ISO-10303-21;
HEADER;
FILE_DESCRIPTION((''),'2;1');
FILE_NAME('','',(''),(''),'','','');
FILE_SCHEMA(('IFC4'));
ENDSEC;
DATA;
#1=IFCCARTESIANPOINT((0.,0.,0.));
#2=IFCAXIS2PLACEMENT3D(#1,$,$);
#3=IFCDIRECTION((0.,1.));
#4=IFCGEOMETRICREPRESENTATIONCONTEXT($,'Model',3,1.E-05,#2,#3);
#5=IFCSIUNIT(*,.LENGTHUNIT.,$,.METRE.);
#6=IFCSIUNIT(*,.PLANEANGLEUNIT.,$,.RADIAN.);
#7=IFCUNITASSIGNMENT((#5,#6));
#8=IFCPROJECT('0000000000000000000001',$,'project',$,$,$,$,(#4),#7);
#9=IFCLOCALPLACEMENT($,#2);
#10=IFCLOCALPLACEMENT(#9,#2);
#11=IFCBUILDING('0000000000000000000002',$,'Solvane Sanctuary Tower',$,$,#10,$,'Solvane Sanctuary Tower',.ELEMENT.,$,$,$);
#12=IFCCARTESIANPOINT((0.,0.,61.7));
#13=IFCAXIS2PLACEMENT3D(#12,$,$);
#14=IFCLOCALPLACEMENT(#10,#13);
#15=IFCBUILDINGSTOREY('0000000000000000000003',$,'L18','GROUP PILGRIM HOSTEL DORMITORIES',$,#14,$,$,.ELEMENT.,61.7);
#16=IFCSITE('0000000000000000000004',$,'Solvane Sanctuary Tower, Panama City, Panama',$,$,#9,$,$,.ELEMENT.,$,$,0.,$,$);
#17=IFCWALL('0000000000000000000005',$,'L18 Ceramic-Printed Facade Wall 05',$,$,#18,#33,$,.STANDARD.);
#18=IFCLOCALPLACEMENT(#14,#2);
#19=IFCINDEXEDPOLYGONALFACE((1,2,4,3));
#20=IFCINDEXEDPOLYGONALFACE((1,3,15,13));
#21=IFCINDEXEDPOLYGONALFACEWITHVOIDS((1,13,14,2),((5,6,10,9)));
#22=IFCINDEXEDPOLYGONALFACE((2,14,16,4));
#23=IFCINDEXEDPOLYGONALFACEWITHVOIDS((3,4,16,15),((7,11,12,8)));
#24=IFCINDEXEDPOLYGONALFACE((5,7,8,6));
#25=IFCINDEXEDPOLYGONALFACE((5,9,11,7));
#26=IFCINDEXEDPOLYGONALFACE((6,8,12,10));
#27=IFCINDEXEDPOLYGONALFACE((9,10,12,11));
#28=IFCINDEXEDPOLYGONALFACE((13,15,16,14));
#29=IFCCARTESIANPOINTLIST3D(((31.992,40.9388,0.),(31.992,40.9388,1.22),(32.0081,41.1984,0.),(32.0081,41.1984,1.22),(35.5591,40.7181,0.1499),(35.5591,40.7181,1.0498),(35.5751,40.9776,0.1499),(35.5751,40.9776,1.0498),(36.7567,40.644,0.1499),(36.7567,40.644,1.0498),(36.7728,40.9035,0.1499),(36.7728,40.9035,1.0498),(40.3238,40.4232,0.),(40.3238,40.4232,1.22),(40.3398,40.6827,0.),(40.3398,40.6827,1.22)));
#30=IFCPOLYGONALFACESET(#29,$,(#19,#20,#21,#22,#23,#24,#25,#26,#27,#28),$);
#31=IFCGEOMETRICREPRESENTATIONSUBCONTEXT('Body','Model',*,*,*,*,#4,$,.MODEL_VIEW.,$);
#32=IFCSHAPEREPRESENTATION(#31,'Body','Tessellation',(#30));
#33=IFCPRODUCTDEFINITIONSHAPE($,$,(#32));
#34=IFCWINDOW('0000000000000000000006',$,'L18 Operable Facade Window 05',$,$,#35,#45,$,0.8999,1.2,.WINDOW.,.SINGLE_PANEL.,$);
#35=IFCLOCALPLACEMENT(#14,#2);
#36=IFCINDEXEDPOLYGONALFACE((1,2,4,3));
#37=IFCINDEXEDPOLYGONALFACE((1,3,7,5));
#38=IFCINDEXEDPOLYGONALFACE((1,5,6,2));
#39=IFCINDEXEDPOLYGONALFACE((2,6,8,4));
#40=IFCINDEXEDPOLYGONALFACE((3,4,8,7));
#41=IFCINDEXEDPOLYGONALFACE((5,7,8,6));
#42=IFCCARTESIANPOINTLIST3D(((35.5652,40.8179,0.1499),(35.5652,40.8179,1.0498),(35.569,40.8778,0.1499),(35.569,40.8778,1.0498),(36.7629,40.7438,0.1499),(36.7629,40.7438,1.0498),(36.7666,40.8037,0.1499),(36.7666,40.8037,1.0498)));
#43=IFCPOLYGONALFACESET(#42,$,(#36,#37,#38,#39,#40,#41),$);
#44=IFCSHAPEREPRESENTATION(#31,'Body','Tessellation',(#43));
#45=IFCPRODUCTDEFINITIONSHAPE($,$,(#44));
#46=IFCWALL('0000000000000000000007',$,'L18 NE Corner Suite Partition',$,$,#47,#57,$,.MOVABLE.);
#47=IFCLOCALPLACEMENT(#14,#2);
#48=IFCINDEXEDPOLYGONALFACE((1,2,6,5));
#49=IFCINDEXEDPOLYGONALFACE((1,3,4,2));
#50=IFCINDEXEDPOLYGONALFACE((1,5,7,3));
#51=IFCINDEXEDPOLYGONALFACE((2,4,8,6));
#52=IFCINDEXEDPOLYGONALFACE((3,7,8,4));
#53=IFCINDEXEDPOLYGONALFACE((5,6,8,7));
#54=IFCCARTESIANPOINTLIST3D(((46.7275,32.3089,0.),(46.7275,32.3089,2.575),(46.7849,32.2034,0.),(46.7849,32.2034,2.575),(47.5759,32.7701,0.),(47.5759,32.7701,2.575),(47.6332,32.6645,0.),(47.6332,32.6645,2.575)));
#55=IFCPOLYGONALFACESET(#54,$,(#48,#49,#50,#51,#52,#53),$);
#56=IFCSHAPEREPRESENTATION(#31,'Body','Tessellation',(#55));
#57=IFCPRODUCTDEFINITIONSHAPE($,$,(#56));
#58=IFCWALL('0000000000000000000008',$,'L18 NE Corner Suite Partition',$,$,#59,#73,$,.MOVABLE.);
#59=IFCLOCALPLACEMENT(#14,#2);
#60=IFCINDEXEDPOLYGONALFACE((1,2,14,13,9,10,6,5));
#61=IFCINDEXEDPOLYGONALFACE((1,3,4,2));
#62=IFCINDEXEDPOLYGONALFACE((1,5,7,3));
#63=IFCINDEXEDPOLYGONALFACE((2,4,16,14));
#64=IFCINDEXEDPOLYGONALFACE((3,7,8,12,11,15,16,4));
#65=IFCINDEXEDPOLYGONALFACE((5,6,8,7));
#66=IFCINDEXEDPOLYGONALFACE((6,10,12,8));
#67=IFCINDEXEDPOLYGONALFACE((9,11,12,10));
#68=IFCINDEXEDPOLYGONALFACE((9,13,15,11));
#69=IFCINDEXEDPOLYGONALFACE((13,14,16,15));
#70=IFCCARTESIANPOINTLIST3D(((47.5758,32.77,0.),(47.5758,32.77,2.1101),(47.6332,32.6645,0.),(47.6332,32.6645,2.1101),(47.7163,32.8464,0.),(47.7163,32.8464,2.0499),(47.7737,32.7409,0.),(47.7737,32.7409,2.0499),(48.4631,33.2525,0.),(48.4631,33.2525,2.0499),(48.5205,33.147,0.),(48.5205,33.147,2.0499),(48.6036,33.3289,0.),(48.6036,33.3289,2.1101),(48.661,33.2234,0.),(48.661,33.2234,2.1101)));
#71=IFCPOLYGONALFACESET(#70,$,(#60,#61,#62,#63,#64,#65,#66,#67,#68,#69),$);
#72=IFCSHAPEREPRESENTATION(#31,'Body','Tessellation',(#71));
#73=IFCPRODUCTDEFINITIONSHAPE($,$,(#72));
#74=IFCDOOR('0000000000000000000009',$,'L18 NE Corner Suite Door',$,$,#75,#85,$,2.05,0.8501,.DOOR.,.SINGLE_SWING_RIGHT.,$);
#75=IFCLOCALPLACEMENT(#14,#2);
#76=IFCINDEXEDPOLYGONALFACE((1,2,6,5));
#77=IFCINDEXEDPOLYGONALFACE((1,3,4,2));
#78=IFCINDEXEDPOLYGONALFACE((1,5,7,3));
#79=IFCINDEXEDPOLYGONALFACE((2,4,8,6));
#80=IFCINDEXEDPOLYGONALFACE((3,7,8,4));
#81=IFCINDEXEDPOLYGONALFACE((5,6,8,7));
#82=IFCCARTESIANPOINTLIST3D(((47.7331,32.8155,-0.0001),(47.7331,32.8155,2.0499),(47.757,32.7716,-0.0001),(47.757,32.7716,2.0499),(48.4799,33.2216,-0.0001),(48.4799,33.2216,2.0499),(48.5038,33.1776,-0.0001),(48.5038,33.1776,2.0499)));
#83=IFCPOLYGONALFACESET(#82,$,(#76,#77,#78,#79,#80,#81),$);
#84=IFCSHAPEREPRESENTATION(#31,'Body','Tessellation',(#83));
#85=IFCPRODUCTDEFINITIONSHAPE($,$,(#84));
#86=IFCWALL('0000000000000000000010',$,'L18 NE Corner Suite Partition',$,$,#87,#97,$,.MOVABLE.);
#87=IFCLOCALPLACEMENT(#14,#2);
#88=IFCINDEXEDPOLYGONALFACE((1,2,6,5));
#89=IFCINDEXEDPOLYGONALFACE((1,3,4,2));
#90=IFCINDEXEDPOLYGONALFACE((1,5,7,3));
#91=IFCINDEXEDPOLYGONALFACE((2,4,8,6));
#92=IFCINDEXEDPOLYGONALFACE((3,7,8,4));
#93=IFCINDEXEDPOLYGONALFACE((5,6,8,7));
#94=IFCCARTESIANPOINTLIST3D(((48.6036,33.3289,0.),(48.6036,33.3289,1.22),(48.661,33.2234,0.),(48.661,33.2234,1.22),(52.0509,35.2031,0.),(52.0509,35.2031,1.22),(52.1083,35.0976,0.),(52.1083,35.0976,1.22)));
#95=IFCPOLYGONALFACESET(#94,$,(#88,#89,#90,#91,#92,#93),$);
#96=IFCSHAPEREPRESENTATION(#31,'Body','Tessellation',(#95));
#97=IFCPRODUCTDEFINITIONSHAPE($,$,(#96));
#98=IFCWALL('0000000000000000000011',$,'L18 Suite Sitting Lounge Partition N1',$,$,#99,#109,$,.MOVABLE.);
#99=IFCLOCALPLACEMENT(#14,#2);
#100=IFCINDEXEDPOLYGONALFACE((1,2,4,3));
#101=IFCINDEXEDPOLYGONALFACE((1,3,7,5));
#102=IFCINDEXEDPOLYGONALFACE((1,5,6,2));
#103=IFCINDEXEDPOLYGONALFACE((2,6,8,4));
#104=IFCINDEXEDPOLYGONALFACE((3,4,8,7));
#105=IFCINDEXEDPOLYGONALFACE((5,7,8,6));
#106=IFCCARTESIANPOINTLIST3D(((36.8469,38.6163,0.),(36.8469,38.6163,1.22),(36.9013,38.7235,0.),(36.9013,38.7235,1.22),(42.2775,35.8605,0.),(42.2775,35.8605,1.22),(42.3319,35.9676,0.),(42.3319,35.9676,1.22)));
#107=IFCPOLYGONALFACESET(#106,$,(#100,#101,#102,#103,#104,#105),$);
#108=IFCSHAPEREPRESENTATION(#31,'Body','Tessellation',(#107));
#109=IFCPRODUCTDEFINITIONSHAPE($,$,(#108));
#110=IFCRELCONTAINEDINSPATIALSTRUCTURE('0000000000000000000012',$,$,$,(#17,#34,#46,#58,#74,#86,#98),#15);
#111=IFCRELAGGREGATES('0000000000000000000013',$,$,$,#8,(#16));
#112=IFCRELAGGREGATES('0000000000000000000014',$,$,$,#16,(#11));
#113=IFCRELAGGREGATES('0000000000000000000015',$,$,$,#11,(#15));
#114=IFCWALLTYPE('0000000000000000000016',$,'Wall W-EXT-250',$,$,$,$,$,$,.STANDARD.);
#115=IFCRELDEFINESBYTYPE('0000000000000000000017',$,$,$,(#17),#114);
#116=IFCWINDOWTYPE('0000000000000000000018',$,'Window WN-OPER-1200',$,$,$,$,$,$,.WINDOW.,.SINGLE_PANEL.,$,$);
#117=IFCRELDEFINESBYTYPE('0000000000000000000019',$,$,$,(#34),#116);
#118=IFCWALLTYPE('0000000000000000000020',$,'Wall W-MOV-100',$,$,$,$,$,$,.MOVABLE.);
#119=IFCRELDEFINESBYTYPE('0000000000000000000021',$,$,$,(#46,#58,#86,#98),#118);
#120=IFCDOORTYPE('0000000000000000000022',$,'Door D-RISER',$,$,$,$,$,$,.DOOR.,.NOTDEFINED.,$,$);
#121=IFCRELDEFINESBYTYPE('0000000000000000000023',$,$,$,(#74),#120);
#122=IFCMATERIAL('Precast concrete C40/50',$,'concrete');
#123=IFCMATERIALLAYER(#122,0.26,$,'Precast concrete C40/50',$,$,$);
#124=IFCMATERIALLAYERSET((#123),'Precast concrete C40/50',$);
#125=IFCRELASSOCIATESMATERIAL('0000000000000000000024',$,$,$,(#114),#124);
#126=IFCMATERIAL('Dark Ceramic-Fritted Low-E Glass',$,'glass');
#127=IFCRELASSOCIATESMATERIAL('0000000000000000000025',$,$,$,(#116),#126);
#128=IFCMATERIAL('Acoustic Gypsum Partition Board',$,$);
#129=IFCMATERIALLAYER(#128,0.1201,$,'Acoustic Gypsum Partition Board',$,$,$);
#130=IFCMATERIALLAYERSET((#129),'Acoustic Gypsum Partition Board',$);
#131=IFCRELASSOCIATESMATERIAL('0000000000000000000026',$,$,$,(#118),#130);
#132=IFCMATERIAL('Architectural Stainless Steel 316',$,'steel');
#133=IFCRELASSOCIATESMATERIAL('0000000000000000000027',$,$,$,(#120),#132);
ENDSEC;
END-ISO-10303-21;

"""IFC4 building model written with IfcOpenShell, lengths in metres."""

from ifc_helpers import new_model, si_unit, direction, frame, frame_2d, origin, place, context, subcontext, project, spatial, rectangle, extrude, material, layer, layer_set, type_object, element, fill, save


model = new_model("IFC4")

# Units and contexts
model_context = context("Model", 3, precision=1e-05, world=origin(), true_north=direction((0.0, 1.0)))
body_context = subcontext(model_context, "Body", "Model", "MODEL_VIEW")
ifc_project = project(units=[si_unit("LENGTHUNIT", "METRE"), si_unit("PLANEANGLEUNIT", "RADIAN")], contexts=[model_context])

# Site, building, storey
site_placement = place(None, origin())
site = spatial("IfcSite", under=ifc_project, at=site_placement, Name="Solvane Sanctuary Tower, Panama City, Panama", CompositionType="ELEMENT", RefElevation=0.0)
building_placement = place(site_placement, origin())
building = spatial("IfcBuilding", under=site, at=building_placement, Name="Solvane Sanctuary Tower", LongName="Solvane Sanctuary Tower", CompositionType="ELEMENT")
storey_placement = place(building_placement, frame((0.0, 0.0, 61.7)))
storey = spatial("IfcBuildingStorey", under=building, at=storey_placement, Name="L18", Description="GROUP PILGRIM HOSTEL DORMITORIES", CompositionType="ELEMENT", Elevation=61.7)

# Shared definitions
ifc_material_1 = material(Name="Dark Ceramic-Fritted Low-E Glass", Category="glass")

# Shared definitions
ifc_material_2 = material(Name="Acoustic Gypsum Partition Board")

# Shared definitions
ifc_material_3 = material(Name="Precast concrete C40/50", Category="concrete")
ifc_layer_1 = layer(ifc_material_3, 0.26, Name="Precast concrete C40/50")
ifc_layer_set_1 = layer_set([ifc_layer_1], Name="Precast concrete C40/50")
wall_type_1 = type_object("IfcWallType", Name="Wall W-EXT-250", PredefinedType="STANDARD", material=ifc_layer_set_1)
window_type = type_object("IfcWindowType", Name="Window WN-OPER-1200", PartitioningType="SINGLE_PANEL", PredefinedType="WINDOW", material=ifc_material_1)

# Wall, opening, window
wall_1_placement = place(storey_placement, frame((40.3318, 40.553, 0.0), z_axis=(0.0, 0.0, 1.0), x_axis=(-0.998091, 0.061768, 0.0)))
wall_1 = element("IfcWall", 1, at=wall_1_placement, inside=storey, type_object=wall_type_1, Name="L18 Ceramic-Printed Facade Wall 05", PredefinedType="STANDARD", context=body_context, shape_type="SweptSolid", body=[
    extrude(rectangle(XDim=8.3477, YDim=0.26, at=frame_2d((4.1738, 0.0))), origin(), (0.0, 0.0, 1.0), 1.22),
])
opening_1_placement = place(wall_1_placement, frame((3.5737, 0.0, 0.1499)))
opening_1 = element("IfcOpeningElement", 2, at=opening_1_placement, cuts=wall_1, PredefinedType="OPENING", context=body_context, shape_type="SweptSolid", body=[
    extrude(rectangle(XDim=1.2, YDim=0.8999, at=frame_2d((0.6001, 0.45))), frame((0.0, 0.1399, 0.0), z_axis=(0.0, -1.0, 0.0), x_axis=(1.0, 0.0, 0.0)), (0.0, 0.0, 1.0), 0.28),
])
window_1_placement = place(opening_1_placement, origin())
window_1 = element("IfcWindow", 3, at=window_1_placement, inside=storey, type_object=window_type, Name="L18 Operable Facade Window 05", OverallHeight=0.8999, OverallWidth=1.2, PartitioningType="SINGLE_PANEL", PredefinedType="WINDOW", context=body_context, shape_type="SweptSolid", body=[
    extrude(rectangle(XDim=1.2, YDim=0.8999, at=frame_2d((0.6001, 0.45))), frame((0.0, 0.03, 0.0), z_axis=(0.0, -1.0, 0.0), x_axis=(1.0, 0.0, 0.0)), (0.0, 0.0, 1.0), 0.0601),
])
fill(opening_1, window_1)

# Wall
ifc_layer_2 = layer(ifc_material_2, 0.1201, Name="Acoustic Gypsum Partition Board")
ifc_layer_set_2 = layer_set([ifc_layer_2], Name="Acoustic Gypsum Partition Board")
wall_type_2 = type_object("IfcWallType", Name="Wall W-MOV-100", PredefinedType="MOVABLE", material=ifc_layer_set_2)
wall_2_placement = place(storey_placement, frame((46.7561, 32.2561, 0.0), z_axis=(0.0, 0.0, 1.0), x_axis=(0.878581, 0.477594, 0.0)))
element("IfcWall", 4, at=wall_2_placement, inside=storey, type_object=wall_type_2, Name="L18 NE Corner Suite Partition", PredefinedType="MOVABLE", context=body_context, shape_type="SweptSolid", body=[
    extrude(rectangle(XDim=0.9656, YDim=0.1201, at=frame_2d((0.4829, 0.0))), origin(), (0.0, 0.0, 1.0), 2.575),
])

# Wall, opening, door
wall_3_placement = place(storey_placement, frame((47.6045, 32.7173, 0.0), z_axis=(0.0, 0.0, 1.0), x_axis=(0.878541, 0.477667, 0.0)))
wall_3 = element("IfcWall", 5, at=wall_3_placement, inside=storey, type_object=wall_type_2, Name="L18 NE Corner Suite Partition", PredefinedType="MOVABLE", context=body_context, shape_type="SweptSolid", body=[
    extrude(rectangle(XDim=1.1699, YDim=0.1201, at=frame_2d((0.585, 0.0))), origin(), (0.0, 0.0, 1.0), 2.1101),
])
opening_2_placement = place(wall_3_placement, frame((0.1599, 0.0, 0.0)))
opening_2 = element("IfcOpeningElement", 6, at=opening_2_placement, cuts=wall_3, PredefinedType="OPENING", context=body_context, shape_type="SweptSolid", body=[
    extrude(rectangle(XDim=0.8501, YDim=2.05, at=frame_2d((0.425, 1.0249))), frame((0.0, 0.0701, 0.0), z_axis=(0.0, -1.0, 0.0), x_axis=(1.0, 0.0, 0.0)), (0.0, 0.0, 1.0), 0.1401),
])
ifc_material_4 = material(Name="Architectural Stainless Steel 316", Category="steel")
door_type_1 = type_object("IfcDoorType", Name="Door D-RISER", OperationType="NOTDEFINED", PredefinedType="DOOR", material=ifc_material_4)
door_1_placement = place(opening_2_placement, origin())
door_1 = element("IfcDoor", 7, at=door_1_placement, inside=storey, type_object=door_type_1, Name="L18 NE Corner Suite Door", OperationType="SINGLE_SWING_RIGHT", OverallHeight=2.05, OverallWidth=0.8501, PredefinedType="DOOR", context=body_context, shape_type="SweptSolid", body=[
    extrude(rectangle(XDim=0.8501, YDim=2.05, at=frame_2d((0.425, 1.0249))), frame((0.0, 0.0249, 0.0), z_axis=(0.0, -1.0, 0.0), x_axis=(1.0, 0.0, 0.0)), (0.0, 0.0, 1.0), 0.05),
])
fill(opening_2, door_1)

# Walls
wall_4_placement = place(storey_placement, frame((48.6323, 33.2761, 0.0), z_axis=(0.0, 0.0, 1.0), x_axis=(0.878544, 0.477662, 0.0)))
element("IfcWall", 8, at=wall_4_placement, inside=storey, type_object=wall_type_2, Name="L18 NE Corner Suite Partition", PredefinedType="MOVABLE", context=body_context, shape_type="SweptSolid", body=[
    extrude(rectangle(XDim=3.9238, YDim=0.1201, at=frame_2d((1.9619, 0.0))), origin(), (0.0, 0.0, 1.0), 1.22),
])
wall_5_placement = place(storey_placement, frame((42.3047, 35.9141, 0.0), z_axis=(0.0, 0.0, 1.0), x_axis=(-0.891749, 0.45253, 0.0)))
element("IfcWall", 9, at=wall_5_placement, inside=storey, type_object=wall_type_2, Name="L18 Suite Sitting Lounge Partition N1", PredefinedType="MOVABLE", context=body_context, shape_type="SweptSolid", body=[
    extrude(rectangle(XDim=6.0898, YDim=0.1201, at=frame_2d((3.0449, 0.0))), origin(), (0.0, 0.0, 1.0), 1.22),
])

save(model, "model.ifc")
